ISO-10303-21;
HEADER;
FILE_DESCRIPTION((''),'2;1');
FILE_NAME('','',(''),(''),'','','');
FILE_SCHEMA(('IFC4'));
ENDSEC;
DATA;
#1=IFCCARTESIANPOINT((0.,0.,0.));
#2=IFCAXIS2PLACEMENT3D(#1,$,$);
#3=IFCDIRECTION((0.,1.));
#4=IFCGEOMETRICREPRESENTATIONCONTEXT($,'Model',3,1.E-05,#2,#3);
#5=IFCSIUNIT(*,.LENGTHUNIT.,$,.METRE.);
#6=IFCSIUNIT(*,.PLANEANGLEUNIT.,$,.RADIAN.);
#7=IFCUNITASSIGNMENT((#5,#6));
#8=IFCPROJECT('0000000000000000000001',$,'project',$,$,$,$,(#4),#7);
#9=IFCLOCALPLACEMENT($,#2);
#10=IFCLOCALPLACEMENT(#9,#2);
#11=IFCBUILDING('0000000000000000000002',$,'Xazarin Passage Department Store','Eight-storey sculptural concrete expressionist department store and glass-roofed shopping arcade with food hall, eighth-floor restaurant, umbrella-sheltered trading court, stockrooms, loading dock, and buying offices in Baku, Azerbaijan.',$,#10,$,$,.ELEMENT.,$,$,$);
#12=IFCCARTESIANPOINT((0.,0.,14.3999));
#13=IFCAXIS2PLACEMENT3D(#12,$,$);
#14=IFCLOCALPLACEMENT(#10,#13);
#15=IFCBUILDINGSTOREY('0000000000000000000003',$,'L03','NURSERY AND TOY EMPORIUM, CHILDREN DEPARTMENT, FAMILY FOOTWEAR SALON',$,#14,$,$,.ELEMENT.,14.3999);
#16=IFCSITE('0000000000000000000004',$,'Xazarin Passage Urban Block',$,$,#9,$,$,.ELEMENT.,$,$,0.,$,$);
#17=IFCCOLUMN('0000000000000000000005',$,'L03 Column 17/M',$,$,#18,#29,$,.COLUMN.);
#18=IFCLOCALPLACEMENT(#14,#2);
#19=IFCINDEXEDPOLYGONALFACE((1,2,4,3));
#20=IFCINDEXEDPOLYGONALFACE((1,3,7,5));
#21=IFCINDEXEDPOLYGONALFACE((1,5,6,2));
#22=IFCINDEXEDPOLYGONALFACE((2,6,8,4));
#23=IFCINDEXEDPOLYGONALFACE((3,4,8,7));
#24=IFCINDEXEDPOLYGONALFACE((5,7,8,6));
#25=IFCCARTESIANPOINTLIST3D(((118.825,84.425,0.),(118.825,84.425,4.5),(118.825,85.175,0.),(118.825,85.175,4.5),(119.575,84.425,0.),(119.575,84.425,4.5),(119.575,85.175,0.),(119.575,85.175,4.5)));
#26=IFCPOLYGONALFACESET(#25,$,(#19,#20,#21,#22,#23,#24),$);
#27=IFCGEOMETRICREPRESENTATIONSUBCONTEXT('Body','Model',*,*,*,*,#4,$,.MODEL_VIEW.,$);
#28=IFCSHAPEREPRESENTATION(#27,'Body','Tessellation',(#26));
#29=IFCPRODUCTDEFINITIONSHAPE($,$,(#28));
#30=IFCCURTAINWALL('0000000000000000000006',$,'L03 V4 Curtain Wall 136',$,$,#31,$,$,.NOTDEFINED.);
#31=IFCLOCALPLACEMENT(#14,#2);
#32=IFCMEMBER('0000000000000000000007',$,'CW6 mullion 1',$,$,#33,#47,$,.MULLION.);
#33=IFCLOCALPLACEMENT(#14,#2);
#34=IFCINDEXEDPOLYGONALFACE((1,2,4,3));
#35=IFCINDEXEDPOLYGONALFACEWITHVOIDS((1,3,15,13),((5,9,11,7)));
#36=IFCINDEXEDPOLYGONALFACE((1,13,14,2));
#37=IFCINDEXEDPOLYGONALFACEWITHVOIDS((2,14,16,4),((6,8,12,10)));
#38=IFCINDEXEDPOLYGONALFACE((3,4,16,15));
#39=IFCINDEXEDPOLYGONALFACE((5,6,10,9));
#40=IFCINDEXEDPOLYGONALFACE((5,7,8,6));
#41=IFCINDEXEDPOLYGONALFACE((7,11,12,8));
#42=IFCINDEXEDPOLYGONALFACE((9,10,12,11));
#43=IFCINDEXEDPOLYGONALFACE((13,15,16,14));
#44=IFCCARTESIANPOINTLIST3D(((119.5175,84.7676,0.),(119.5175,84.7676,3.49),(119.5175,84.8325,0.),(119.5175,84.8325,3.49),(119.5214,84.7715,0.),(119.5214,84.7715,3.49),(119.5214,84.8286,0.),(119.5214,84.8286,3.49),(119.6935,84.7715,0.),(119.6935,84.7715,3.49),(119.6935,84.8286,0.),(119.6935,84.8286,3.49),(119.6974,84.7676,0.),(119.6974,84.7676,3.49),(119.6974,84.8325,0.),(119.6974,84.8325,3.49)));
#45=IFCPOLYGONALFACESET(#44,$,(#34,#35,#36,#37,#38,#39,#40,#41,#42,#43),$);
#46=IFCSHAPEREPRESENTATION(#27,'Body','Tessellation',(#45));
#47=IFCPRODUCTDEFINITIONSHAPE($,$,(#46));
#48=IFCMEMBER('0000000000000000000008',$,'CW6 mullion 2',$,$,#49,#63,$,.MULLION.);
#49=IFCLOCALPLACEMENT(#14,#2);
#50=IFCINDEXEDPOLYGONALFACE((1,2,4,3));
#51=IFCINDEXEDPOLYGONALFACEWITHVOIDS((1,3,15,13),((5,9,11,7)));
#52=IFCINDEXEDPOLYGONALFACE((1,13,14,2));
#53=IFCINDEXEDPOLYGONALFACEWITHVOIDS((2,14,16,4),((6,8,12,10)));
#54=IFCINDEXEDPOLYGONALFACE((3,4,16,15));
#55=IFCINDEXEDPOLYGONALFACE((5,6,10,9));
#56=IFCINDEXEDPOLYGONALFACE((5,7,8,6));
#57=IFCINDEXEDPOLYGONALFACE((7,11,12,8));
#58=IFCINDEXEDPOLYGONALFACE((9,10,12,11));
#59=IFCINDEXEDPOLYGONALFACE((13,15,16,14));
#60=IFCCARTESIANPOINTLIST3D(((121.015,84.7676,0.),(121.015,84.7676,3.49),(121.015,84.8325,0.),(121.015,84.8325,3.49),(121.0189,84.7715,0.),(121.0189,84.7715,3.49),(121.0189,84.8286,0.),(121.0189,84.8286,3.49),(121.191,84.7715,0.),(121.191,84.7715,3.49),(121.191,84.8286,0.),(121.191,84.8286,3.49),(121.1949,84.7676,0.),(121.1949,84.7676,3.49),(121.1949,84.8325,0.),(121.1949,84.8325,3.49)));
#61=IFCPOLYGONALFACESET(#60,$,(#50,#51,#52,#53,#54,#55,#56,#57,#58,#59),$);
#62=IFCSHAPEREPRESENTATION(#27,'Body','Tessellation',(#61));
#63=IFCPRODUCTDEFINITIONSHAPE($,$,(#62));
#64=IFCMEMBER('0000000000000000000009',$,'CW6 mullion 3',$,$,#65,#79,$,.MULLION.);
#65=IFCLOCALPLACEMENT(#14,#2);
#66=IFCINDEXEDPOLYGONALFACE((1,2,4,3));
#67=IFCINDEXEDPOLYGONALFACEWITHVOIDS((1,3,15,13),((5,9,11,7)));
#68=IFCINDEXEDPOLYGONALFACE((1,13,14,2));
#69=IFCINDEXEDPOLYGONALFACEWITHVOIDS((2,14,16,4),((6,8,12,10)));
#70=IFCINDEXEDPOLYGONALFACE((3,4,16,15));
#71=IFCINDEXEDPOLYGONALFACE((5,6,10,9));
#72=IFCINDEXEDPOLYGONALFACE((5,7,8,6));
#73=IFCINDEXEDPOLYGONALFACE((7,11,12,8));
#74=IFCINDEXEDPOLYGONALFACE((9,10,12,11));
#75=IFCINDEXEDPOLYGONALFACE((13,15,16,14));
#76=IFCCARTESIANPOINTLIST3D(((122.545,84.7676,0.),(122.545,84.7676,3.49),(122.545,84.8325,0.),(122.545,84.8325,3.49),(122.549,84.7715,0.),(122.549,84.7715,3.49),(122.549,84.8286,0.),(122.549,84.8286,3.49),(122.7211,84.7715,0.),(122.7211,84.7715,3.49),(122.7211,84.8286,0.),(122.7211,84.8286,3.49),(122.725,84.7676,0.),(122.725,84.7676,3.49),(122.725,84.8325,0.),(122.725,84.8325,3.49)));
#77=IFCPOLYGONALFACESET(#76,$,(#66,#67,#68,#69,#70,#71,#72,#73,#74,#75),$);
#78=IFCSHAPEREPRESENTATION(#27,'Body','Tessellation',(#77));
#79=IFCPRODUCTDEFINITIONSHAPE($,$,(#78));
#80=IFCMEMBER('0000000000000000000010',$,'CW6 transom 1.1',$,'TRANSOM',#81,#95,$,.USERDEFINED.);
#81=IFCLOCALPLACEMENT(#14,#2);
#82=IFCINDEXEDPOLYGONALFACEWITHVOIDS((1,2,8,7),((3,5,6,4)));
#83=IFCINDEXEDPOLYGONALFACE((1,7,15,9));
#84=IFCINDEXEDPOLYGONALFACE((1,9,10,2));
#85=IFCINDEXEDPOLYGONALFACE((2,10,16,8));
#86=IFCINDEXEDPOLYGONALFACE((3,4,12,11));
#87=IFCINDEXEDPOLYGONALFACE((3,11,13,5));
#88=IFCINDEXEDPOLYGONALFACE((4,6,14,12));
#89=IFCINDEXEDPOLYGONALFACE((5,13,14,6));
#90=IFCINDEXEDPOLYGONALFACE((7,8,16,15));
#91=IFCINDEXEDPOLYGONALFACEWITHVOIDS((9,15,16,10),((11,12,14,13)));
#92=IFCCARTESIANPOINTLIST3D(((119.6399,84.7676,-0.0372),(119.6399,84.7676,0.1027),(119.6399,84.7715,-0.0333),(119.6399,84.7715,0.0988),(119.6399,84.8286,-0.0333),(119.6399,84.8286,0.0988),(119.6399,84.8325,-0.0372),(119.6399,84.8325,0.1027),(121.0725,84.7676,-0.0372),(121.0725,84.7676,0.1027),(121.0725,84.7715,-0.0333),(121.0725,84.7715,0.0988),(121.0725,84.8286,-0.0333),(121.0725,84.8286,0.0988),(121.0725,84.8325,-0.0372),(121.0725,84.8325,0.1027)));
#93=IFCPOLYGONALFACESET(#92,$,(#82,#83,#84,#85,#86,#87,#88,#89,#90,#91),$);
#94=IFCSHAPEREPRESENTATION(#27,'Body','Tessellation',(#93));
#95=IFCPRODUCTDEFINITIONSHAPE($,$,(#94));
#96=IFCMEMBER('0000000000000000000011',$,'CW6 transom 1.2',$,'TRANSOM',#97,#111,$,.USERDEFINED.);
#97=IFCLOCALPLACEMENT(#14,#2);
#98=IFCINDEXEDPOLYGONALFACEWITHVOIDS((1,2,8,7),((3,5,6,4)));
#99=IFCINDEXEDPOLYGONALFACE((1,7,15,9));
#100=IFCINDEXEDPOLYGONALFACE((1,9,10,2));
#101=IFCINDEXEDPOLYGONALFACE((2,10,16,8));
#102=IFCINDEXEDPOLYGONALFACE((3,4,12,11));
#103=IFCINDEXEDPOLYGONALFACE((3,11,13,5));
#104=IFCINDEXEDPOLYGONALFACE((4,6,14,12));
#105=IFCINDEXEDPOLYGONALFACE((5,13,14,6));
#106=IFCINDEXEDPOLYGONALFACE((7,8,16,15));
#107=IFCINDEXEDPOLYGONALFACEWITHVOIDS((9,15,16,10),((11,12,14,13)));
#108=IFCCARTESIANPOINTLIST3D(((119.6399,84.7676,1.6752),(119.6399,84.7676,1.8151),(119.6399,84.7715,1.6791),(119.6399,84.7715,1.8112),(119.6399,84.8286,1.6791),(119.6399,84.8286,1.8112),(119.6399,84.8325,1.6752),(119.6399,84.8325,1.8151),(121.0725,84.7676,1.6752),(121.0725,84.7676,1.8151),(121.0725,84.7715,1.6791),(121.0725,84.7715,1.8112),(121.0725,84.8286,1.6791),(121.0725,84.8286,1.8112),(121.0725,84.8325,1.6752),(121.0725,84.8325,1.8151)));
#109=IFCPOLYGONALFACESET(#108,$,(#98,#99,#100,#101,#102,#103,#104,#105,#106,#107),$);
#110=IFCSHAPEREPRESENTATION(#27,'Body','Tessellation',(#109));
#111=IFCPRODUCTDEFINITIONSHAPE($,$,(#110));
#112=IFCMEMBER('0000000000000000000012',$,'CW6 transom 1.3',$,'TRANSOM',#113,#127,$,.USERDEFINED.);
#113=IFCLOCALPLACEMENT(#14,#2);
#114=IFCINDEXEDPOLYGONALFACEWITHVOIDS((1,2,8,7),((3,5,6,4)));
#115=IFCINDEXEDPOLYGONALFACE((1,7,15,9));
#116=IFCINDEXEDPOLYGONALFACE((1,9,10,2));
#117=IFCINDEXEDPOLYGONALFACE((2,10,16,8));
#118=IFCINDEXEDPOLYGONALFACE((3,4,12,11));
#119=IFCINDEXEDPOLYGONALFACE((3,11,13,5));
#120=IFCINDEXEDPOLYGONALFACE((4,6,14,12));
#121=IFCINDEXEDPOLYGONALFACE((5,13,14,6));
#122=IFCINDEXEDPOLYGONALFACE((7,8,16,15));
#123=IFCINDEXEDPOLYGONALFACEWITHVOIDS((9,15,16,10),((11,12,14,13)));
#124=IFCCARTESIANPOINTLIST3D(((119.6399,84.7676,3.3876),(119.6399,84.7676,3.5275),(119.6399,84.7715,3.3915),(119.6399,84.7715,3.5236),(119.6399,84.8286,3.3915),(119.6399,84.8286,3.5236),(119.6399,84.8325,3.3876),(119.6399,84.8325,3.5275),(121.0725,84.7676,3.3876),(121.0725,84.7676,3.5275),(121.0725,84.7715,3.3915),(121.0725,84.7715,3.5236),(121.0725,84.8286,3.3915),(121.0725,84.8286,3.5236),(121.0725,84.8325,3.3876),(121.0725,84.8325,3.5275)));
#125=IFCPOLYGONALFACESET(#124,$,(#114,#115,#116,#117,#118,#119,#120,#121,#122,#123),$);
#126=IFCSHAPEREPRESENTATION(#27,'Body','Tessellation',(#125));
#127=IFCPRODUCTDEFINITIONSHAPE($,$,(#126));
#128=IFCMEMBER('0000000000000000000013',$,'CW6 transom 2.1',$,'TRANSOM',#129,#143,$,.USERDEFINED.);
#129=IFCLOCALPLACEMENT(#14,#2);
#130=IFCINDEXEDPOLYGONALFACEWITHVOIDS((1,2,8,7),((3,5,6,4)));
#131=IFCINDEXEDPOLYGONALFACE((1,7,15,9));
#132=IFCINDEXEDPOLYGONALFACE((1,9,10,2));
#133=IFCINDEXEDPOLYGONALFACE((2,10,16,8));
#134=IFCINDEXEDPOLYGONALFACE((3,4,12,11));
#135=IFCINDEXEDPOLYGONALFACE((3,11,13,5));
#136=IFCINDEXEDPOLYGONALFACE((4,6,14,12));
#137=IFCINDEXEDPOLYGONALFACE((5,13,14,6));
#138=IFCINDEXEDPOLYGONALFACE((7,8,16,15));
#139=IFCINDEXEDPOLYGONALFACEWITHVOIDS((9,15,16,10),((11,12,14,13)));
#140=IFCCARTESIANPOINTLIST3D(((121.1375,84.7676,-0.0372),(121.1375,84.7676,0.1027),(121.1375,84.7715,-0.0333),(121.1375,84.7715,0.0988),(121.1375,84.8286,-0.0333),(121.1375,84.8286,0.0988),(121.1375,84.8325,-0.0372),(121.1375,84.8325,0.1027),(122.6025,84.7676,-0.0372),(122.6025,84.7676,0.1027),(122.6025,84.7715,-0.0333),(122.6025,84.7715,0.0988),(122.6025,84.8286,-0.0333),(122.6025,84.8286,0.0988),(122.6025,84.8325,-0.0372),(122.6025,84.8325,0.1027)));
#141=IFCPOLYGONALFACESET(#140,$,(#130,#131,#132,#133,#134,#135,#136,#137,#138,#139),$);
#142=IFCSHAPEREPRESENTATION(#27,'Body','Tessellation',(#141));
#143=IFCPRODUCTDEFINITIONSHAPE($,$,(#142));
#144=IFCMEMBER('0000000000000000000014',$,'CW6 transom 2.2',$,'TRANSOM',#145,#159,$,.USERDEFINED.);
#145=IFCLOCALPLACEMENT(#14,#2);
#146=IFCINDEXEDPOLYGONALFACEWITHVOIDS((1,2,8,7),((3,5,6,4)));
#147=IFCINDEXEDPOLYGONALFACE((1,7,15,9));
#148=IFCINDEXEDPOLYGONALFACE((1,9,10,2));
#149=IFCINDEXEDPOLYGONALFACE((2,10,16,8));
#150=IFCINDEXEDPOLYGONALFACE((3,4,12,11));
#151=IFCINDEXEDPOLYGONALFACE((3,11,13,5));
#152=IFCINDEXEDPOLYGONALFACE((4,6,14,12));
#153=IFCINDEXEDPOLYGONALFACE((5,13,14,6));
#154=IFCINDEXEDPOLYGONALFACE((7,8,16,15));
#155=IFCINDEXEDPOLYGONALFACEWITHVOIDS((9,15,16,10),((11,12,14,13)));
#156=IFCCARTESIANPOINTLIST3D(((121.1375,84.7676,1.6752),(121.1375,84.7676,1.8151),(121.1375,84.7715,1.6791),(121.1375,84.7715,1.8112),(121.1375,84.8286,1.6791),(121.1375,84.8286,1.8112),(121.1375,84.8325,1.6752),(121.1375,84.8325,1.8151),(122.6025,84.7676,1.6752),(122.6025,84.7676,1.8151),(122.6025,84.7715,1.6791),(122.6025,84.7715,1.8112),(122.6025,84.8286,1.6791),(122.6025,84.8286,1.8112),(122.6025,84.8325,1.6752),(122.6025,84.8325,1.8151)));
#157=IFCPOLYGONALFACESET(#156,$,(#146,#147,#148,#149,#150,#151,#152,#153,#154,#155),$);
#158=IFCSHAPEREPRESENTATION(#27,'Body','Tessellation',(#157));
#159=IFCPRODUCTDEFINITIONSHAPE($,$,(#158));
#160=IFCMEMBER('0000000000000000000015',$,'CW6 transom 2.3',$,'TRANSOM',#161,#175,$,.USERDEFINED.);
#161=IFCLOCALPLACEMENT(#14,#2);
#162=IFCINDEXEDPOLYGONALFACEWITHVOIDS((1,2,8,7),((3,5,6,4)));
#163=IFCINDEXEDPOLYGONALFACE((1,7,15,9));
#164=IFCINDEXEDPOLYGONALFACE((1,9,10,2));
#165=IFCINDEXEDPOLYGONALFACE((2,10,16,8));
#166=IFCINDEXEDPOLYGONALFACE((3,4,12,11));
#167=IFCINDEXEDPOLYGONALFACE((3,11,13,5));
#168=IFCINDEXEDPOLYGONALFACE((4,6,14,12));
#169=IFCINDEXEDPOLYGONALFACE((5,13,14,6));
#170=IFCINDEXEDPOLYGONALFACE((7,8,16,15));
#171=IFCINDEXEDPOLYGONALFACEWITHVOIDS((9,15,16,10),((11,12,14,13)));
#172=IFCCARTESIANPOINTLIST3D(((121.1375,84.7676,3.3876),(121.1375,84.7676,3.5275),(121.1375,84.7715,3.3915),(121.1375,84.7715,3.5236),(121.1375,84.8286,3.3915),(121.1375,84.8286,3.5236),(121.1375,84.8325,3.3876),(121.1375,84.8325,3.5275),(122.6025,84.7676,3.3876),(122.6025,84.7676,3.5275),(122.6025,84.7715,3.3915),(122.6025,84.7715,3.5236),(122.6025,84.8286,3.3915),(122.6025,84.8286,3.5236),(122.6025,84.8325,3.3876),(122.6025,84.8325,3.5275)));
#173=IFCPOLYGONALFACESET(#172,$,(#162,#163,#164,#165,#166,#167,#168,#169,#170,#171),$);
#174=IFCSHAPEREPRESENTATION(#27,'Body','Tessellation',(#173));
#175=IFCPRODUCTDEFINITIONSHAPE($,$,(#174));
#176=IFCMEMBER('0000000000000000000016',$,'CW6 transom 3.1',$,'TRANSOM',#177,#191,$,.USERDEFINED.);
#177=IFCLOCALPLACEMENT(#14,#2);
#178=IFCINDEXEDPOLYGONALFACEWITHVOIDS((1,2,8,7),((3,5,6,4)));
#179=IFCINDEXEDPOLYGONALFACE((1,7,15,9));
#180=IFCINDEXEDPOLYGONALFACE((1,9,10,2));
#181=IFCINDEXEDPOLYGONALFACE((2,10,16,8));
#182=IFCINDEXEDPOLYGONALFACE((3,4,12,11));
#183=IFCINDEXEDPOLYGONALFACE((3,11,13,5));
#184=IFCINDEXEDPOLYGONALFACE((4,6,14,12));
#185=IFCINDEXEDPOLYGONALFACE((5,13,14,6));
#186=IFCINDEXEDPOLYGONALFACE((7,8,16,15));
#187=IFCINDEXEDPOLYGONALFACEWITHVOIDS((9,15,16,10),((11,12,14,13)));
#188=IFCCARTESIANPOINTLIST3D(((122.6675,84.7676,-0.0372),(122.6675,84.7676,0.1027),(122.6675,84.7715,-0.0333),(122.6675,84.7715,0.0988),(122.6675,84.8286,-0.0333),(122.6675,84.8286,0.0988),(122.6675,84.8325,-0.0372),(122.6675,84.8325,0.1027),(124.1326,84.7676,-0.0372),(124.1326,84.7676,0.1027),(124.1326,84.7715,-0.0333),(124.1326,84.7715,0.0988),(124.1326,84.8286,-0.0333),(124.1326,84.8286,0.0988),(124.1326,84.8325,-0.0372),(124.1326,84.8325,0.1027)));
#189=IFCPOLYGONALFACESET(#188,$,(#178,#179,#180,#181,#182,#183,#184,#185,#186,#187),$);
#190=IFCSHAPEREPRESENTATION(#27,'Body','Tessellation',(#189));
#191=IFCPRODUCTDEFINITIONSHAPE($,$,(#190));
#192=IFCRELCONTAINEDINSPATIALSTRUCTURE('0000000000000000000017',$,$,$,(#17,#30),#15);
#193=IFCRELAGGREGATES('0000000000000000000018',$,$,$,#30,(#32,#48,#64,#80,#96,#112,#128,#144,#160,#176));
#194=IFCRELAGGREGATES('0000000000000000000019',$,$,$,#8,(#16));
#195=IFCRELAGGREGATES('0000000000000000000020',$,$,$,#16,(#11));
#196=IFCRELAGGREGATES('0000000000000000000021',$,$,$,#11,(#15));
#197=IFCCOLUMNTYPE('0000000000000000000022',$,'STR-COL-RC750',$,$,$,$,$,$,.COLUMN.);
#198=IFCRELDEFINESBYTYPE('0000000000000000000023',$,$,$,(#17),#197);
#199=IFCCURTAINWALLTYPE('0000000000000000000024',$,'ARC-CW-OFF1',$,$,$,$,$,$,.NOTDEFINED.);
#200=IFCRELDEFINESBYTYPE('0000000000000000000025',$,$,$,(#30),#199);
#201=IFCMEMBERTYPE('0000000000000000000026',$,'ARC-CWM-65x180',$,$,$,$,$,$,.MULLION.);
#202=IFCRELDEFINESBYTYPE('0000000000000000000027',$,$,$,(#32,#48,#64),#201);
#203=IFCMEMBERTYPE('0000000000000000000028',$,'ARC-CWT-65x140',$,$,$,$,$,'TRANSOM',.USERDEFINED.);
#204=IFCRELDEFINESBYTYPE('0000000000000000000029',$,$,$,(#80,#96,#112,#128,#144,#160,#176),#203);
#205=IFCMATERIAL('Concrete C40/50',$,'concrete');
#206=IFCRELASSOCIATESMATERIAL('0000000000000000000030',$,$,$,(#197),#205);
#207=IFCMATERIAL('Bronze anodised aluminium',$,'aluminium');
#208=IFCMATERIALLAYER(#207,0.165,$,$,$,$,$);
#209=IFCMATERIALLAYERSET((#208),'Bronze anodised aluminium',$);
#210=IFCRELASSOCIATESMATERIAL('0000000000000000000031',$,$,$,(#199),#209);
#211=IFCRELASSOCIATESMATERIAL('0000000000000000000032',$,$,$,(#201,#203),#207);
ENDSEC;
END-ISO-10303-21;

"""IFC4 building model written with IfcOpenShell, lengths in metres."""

from ifc_helpers import new_model, si_unit, direction, frame, origin, origin_2d, place, context, subcontext, project, spatial, rectangle, hollow_rectangle, extrude, material, layer, layer_set, material_profile, profile_set, type_object, element, aggregate, save


model = new_model("IFC4")

# Units and contexts
model_context = context("Model", 3, precision=1e-05, world=origin(), true_north=direction((0.0, 1.0)))
body_context = subcontext(model_context, "Body", "Model", "MODEL_VIEW")
ifc_project = project(units=[si_unit("LENGTHUNIT", "METRE"), si_unit("PLANEANGLEUNIT", "RADIAN")], contexts=[model_context])

# Site, building, storey
site_placement = place(None, origin())
site = spatial("IfcSite", under=ifc_project, at=site_placement, Name="Xazarin Passage Urban Block", CompositionType="ELEMENT", RefElevation=0.0)
building_placement = place(site_placement, origin())
building = spatial("IfcBuilding", under=site, at=building_placement, Name="Xazarin Passage Department Store", Description="Eight-storey sculptural concrete expressionist department store and glass-roofed shopping arcade with food hall, eighth-floor restaurant, umbrella-sheltered trading court, stockrooms, loading dock, and buying offices in Baku, Azerbaijan.", CompositionType="ELEMENT")
storey_placement = place(building_placement, frame((0.0, 0.0, 14.3999)))
storey = spatial("IfcBuildingStorey", under=building, at=storey_placement, Name="L03", Description="NURSERY AND TOY EMPORIUM, CHILDREN DEPARTMENT, FAMILY FOOTWEAR SALON", CompositionType="ELEMENT", Elevation=14.3999)

# Column
ifc_material_1 = material(Name="Concrete C40/50", Category="concrete")
ifc_material_profile_1 = material_profile(ifc_material_1, rectangle(XDim=0.75, YDim=0.75, at=origin_2d()), Name="RC 750x750")
ifc_profile_set_1 = profile_set([ifc_material_profile_1], Name="Concrete C40/50")
column_type = type_object("IfcColumnType", Name="STR-COL-RC750", PredefinedType="COLUMN", material=ifc_profile_set_1)
column_placement = place(storey_placement, frame((119.2, 84.8, 0.0), z_axis=(0.0, 0.0, 1.0), x_axis=(1.0, 0.0, 0.0)))
element("IfcColumn", 1, at=column_placement, inside=storey, type_object=column_type, Name="L03 Column 17/M", PredefinedType="COLUMN", context=body_context, shape_type="SweptSolid", body=[
    extrude(rectangle(XDim=0.75, YDim=0.75, at=origin_2d()), origin(), (0.0, 0.0, 1.0), 4.5),
])

# Curtain wall, members
ifc_material_2 = material(Name="Bronze anodised aluminium", Category="aluminium")
ifc_layer_1 = layer(ifc_material_2, 0.165)
ifc_layer_set_1 = layer_set([ifc_layer_1], Name="Bronze anodised aluminium")
curtain_wall_type = type_object("IfcCurtainWallType", Name="ARC-CW-OFF1", PredefinedType="NOTDEFINED", material=ifc_layer_set_1)
curtain_wall_placement = place(storey_placement, origin())
curtain_wall = element("IfcCurtainWall", 2, at=curtain_wall_placement, inside=storey, type_object=curtain_wall_type, Name="L03 V4 Curtain Wall 136", PredefinedType="NOTDEFINED")
ifc_material_profile_2 = material_profile(ifc_material_2, hollow_rectangle(XDim=0.0649, YDim=0.1799, WallThickness=0.0039, at=origin_2d()), Name="ALU 65x180")
ifc_profile_set_2 = profile_set([ifc_material_profile_2], Name="Bronze anodised aluminium")
member_type_1 = type_object("IfcMemberType", Name="ARC-CWM-65x180", PredefinedType="MULLION", material=ifc_profile_set_2)
member_1_placement = place(storey_placement, frame((119.6074, 84.8, 0.0), z_axis=(0.0, 0.0, 1.0), x_axis=(0.0, 1.0, 0.0)))
member_1 = element("IfcMember", 3, at=member_1_placement, type_object=member_type_1, Name="CW6 mullion 1", PredefinedType="MULLION", context=body_context, shape_type="SweptSolid", body=[
    extrude(hollow_rectangle(XDim=0.0649, YDim=0.1799, WallThickness=0.0039, at=origin_2d()), origin(), (0.0, 0.0, 1.0), 3.49),
])
member_2_placement = place(storey_placement, frame((121.105, 84.8, 0.0), z_axis=(0.0, 0.0, 1.0), x_axis=(0.0, 1.0, 0.0)))
member_2 = element("IfcMember", 4, at=member_2_placement, type_object=member_type_1, Name="CW6 mullion 2", PredefinedType="MULLION", context=body_context, shape_type="SweptSolid", body=[
    extrude(hollow_rectangle(XDim=0.0649, YDim=0.1799, WallThickness=0.0039, at=origin_2d()), origin(), (0.0, 0.0, 1.0), 3.49),
])
member_3_placement = place(storey_placement, frame((122.635, 84.8, 0.0), z_axis=(0.0, 0.0, 1.0), x_axis=(0.0, 1.0, 0.0)))
member_3 = element("IfcMember", 5, at=member_3_placement, type_object=member_type_1, Name="CW6 mullion 3", PredefinedType="MULLION", context=body_context, shape_type="SweptSolid", body=[
    extrude(hollow_rectangle(XDim=0.0649, YDim=0.1799, WallThickness=0.0039, at=origin_2d()), origin(), (0.0, 0.0, 1.0), 3.49),
])
ifc_material_profile_3 = material_profile(ifc_material_2, hollow_rectangle(XDim=0.0649, YDim=0.1399, WallThickness=0.0039, at=origin_2d()), Name="ALU 65x140")
ifc_profile_set_3 = profile_set([ifc_material_profile_3], Name="Bronze anodised aluminium")
member_type_2 = type_object("IfcMemberType", Name="ARC-CWT-65x140", ElementType="TRANSOM", PredefinedType="USERDEFINED", material=ifc_profile_set_3)
member_4_placement = place(storey_placement, frame((119.6399, 84.8, 0.0327), z_axis=(1.0, 0.0, 0.0), x_axis=(0.0, 1.0, 0.0)))
member_4 = element("IfcMember", 6, at=member_4_placement, type_object=member_type_2, Name="CW6 transom 1.1", ObjectType="TRANSOM", PredefinedType="USERDEFINED", context=body_context, shape_type="SweptSolid", body=[
    extrude(hollow_rectangle(XDim=0.0649, YDim=0.1399, WallThickness=0.0039, at=origin_2d()), origin(), (0.0, 0.0, 1.0), 1.4326),
])
member_5_placement = place(storey_placement, frame((119.6399, 84.8, 1.7451), z_axis=(1.0, 0.0, 0.0), x_axis=(0.0, 1.0, 0.0)))
member_5 = element("IfcMember", 7, at=member_5_placement, type_object=member_type_2, Name="CW6 transom 1.2", ObjectType="TRANSOM", PredefinedType="USERDEFINED", context=body_context, shape_type="SweptSolid", body=[
    extrude(hollow_rectangle(XDim=0.0649, YDim=0.1399, WallThickness=0.0039, at=origin_2d()), origin(), (0.0, 0.0, 1.0), 1.4326),
])
member_6_placement = place(storey_placement, frame((119.6399, 84.8, 3.4575), z_axis=(1.0, 0.0, 0.0), x_axis=(0.0, 1.0, 0.0)))
member_6 = element("IfcMember", 8, at=member_6_placement, type_object=member_type_2, Name="CW6 transom 1.3", ObjectType="TRANSOM", PredefinedType="USERDEFINED", context=body_context, shape_type="SweptSolid", body=[
    extrude(hollow_rectangle(XDim=0.0649, YDim=0.1399, WallThickness=0.0039, at=origin_2d()), origin(), (0.0, 0.0, 1.0), 1.4326),
])
member_7_placement = place(storey_placement, frame((121.1375, 84.8, 0.0327), z_axis=(1.0, 0.0, 0.0), x_axis=(0.0, 1.0, 0.0)))
member_7 = element("IfcMember", 9, at=member_7_placement, type_object=member_type_2, Name="CW6 transom 2.1", ObjectType="TRANSOM", PredefinedType="USERDEFINED", context=body_context, shape_type="SweptSolid", body=[
    extrude(hollow_rectangle(XDim=0.0649, YDim=0.1399, WallThickness=0.0039, at=origin_2d()), origin(), (0.0, 0.0, 1.0), 1.4651),
])
member_8_placement = place(storey_placement, frame((121.1375, 84.8, 1.7451), z_axis=(1.0, 0.0, 0.0), x_axis=(0.0, 1.0, 0.0)))
member_8 = element("IfcMember", 10, at=member_8_placement, type_object=member_type_2, Name="CW6 transom 2.2", ObjectType="TRANSOM", PredefinedType="USERDEFINED", context=body_context, shape_type="SweptSolid", body=[
    extrude(hollow_rectangle(XDim=0.0649, YDim=0.1399, WallThickness=0.0039, at=origin_2d()), origin(), (0.0, 0.0, 1.0), 1.4651),
])
member_9_placement = place(storey_placement, frame((121.1375, 84.8, 3.4575), z_axis=(1.0, 0.0, 0.0), x_axis=(0.0, 1.0, 0.0)))
member_9 = element("IfcMember", 11, at=member_9_placement, type_object=member_type_2, Name="CW6 transom 2.3", ObjectType="TRANSOM", PredefinedType="USERDEFINED", context=body_context, shape_type="SweptSolid", body=[
    extrude(hollow_rectangle(XDim=0.0649, YDim=0.1399, WallThickness=0.0039, at=origin_2d()), origin(), (0.0, 0.0, 1.0), 1.4651),
])
member_10_placement = place(storey_placement, frame((122.6675, 84.8, 0.0327), z_axis=(1.0, 0.0, 0.0), x_axis=(0.0, 1.0, 0.0)))
member_10 = element("IfcMember", 12, at=member_10_placement, type_object=member_type_2, Name="CW6 transom 3.1", ObjectType="TRANSOM", PredefinedType="USERDEFINED", context=body_context, shape_type="SweptSolid", body=[
    extrude(hollow_rectangle(XDim=0.0649, YDim=0.1399, WallThickness=0.0039, at=origin_2d()), origin(), (0.0, 0.0, 1.0), 1.4651),
])

aggregate(curtain_wall, [member_1, member_2, member_3, member_4, member_5, member_6, member_7, member_8, member_9, member_10])

save(model, "model.ifc")
